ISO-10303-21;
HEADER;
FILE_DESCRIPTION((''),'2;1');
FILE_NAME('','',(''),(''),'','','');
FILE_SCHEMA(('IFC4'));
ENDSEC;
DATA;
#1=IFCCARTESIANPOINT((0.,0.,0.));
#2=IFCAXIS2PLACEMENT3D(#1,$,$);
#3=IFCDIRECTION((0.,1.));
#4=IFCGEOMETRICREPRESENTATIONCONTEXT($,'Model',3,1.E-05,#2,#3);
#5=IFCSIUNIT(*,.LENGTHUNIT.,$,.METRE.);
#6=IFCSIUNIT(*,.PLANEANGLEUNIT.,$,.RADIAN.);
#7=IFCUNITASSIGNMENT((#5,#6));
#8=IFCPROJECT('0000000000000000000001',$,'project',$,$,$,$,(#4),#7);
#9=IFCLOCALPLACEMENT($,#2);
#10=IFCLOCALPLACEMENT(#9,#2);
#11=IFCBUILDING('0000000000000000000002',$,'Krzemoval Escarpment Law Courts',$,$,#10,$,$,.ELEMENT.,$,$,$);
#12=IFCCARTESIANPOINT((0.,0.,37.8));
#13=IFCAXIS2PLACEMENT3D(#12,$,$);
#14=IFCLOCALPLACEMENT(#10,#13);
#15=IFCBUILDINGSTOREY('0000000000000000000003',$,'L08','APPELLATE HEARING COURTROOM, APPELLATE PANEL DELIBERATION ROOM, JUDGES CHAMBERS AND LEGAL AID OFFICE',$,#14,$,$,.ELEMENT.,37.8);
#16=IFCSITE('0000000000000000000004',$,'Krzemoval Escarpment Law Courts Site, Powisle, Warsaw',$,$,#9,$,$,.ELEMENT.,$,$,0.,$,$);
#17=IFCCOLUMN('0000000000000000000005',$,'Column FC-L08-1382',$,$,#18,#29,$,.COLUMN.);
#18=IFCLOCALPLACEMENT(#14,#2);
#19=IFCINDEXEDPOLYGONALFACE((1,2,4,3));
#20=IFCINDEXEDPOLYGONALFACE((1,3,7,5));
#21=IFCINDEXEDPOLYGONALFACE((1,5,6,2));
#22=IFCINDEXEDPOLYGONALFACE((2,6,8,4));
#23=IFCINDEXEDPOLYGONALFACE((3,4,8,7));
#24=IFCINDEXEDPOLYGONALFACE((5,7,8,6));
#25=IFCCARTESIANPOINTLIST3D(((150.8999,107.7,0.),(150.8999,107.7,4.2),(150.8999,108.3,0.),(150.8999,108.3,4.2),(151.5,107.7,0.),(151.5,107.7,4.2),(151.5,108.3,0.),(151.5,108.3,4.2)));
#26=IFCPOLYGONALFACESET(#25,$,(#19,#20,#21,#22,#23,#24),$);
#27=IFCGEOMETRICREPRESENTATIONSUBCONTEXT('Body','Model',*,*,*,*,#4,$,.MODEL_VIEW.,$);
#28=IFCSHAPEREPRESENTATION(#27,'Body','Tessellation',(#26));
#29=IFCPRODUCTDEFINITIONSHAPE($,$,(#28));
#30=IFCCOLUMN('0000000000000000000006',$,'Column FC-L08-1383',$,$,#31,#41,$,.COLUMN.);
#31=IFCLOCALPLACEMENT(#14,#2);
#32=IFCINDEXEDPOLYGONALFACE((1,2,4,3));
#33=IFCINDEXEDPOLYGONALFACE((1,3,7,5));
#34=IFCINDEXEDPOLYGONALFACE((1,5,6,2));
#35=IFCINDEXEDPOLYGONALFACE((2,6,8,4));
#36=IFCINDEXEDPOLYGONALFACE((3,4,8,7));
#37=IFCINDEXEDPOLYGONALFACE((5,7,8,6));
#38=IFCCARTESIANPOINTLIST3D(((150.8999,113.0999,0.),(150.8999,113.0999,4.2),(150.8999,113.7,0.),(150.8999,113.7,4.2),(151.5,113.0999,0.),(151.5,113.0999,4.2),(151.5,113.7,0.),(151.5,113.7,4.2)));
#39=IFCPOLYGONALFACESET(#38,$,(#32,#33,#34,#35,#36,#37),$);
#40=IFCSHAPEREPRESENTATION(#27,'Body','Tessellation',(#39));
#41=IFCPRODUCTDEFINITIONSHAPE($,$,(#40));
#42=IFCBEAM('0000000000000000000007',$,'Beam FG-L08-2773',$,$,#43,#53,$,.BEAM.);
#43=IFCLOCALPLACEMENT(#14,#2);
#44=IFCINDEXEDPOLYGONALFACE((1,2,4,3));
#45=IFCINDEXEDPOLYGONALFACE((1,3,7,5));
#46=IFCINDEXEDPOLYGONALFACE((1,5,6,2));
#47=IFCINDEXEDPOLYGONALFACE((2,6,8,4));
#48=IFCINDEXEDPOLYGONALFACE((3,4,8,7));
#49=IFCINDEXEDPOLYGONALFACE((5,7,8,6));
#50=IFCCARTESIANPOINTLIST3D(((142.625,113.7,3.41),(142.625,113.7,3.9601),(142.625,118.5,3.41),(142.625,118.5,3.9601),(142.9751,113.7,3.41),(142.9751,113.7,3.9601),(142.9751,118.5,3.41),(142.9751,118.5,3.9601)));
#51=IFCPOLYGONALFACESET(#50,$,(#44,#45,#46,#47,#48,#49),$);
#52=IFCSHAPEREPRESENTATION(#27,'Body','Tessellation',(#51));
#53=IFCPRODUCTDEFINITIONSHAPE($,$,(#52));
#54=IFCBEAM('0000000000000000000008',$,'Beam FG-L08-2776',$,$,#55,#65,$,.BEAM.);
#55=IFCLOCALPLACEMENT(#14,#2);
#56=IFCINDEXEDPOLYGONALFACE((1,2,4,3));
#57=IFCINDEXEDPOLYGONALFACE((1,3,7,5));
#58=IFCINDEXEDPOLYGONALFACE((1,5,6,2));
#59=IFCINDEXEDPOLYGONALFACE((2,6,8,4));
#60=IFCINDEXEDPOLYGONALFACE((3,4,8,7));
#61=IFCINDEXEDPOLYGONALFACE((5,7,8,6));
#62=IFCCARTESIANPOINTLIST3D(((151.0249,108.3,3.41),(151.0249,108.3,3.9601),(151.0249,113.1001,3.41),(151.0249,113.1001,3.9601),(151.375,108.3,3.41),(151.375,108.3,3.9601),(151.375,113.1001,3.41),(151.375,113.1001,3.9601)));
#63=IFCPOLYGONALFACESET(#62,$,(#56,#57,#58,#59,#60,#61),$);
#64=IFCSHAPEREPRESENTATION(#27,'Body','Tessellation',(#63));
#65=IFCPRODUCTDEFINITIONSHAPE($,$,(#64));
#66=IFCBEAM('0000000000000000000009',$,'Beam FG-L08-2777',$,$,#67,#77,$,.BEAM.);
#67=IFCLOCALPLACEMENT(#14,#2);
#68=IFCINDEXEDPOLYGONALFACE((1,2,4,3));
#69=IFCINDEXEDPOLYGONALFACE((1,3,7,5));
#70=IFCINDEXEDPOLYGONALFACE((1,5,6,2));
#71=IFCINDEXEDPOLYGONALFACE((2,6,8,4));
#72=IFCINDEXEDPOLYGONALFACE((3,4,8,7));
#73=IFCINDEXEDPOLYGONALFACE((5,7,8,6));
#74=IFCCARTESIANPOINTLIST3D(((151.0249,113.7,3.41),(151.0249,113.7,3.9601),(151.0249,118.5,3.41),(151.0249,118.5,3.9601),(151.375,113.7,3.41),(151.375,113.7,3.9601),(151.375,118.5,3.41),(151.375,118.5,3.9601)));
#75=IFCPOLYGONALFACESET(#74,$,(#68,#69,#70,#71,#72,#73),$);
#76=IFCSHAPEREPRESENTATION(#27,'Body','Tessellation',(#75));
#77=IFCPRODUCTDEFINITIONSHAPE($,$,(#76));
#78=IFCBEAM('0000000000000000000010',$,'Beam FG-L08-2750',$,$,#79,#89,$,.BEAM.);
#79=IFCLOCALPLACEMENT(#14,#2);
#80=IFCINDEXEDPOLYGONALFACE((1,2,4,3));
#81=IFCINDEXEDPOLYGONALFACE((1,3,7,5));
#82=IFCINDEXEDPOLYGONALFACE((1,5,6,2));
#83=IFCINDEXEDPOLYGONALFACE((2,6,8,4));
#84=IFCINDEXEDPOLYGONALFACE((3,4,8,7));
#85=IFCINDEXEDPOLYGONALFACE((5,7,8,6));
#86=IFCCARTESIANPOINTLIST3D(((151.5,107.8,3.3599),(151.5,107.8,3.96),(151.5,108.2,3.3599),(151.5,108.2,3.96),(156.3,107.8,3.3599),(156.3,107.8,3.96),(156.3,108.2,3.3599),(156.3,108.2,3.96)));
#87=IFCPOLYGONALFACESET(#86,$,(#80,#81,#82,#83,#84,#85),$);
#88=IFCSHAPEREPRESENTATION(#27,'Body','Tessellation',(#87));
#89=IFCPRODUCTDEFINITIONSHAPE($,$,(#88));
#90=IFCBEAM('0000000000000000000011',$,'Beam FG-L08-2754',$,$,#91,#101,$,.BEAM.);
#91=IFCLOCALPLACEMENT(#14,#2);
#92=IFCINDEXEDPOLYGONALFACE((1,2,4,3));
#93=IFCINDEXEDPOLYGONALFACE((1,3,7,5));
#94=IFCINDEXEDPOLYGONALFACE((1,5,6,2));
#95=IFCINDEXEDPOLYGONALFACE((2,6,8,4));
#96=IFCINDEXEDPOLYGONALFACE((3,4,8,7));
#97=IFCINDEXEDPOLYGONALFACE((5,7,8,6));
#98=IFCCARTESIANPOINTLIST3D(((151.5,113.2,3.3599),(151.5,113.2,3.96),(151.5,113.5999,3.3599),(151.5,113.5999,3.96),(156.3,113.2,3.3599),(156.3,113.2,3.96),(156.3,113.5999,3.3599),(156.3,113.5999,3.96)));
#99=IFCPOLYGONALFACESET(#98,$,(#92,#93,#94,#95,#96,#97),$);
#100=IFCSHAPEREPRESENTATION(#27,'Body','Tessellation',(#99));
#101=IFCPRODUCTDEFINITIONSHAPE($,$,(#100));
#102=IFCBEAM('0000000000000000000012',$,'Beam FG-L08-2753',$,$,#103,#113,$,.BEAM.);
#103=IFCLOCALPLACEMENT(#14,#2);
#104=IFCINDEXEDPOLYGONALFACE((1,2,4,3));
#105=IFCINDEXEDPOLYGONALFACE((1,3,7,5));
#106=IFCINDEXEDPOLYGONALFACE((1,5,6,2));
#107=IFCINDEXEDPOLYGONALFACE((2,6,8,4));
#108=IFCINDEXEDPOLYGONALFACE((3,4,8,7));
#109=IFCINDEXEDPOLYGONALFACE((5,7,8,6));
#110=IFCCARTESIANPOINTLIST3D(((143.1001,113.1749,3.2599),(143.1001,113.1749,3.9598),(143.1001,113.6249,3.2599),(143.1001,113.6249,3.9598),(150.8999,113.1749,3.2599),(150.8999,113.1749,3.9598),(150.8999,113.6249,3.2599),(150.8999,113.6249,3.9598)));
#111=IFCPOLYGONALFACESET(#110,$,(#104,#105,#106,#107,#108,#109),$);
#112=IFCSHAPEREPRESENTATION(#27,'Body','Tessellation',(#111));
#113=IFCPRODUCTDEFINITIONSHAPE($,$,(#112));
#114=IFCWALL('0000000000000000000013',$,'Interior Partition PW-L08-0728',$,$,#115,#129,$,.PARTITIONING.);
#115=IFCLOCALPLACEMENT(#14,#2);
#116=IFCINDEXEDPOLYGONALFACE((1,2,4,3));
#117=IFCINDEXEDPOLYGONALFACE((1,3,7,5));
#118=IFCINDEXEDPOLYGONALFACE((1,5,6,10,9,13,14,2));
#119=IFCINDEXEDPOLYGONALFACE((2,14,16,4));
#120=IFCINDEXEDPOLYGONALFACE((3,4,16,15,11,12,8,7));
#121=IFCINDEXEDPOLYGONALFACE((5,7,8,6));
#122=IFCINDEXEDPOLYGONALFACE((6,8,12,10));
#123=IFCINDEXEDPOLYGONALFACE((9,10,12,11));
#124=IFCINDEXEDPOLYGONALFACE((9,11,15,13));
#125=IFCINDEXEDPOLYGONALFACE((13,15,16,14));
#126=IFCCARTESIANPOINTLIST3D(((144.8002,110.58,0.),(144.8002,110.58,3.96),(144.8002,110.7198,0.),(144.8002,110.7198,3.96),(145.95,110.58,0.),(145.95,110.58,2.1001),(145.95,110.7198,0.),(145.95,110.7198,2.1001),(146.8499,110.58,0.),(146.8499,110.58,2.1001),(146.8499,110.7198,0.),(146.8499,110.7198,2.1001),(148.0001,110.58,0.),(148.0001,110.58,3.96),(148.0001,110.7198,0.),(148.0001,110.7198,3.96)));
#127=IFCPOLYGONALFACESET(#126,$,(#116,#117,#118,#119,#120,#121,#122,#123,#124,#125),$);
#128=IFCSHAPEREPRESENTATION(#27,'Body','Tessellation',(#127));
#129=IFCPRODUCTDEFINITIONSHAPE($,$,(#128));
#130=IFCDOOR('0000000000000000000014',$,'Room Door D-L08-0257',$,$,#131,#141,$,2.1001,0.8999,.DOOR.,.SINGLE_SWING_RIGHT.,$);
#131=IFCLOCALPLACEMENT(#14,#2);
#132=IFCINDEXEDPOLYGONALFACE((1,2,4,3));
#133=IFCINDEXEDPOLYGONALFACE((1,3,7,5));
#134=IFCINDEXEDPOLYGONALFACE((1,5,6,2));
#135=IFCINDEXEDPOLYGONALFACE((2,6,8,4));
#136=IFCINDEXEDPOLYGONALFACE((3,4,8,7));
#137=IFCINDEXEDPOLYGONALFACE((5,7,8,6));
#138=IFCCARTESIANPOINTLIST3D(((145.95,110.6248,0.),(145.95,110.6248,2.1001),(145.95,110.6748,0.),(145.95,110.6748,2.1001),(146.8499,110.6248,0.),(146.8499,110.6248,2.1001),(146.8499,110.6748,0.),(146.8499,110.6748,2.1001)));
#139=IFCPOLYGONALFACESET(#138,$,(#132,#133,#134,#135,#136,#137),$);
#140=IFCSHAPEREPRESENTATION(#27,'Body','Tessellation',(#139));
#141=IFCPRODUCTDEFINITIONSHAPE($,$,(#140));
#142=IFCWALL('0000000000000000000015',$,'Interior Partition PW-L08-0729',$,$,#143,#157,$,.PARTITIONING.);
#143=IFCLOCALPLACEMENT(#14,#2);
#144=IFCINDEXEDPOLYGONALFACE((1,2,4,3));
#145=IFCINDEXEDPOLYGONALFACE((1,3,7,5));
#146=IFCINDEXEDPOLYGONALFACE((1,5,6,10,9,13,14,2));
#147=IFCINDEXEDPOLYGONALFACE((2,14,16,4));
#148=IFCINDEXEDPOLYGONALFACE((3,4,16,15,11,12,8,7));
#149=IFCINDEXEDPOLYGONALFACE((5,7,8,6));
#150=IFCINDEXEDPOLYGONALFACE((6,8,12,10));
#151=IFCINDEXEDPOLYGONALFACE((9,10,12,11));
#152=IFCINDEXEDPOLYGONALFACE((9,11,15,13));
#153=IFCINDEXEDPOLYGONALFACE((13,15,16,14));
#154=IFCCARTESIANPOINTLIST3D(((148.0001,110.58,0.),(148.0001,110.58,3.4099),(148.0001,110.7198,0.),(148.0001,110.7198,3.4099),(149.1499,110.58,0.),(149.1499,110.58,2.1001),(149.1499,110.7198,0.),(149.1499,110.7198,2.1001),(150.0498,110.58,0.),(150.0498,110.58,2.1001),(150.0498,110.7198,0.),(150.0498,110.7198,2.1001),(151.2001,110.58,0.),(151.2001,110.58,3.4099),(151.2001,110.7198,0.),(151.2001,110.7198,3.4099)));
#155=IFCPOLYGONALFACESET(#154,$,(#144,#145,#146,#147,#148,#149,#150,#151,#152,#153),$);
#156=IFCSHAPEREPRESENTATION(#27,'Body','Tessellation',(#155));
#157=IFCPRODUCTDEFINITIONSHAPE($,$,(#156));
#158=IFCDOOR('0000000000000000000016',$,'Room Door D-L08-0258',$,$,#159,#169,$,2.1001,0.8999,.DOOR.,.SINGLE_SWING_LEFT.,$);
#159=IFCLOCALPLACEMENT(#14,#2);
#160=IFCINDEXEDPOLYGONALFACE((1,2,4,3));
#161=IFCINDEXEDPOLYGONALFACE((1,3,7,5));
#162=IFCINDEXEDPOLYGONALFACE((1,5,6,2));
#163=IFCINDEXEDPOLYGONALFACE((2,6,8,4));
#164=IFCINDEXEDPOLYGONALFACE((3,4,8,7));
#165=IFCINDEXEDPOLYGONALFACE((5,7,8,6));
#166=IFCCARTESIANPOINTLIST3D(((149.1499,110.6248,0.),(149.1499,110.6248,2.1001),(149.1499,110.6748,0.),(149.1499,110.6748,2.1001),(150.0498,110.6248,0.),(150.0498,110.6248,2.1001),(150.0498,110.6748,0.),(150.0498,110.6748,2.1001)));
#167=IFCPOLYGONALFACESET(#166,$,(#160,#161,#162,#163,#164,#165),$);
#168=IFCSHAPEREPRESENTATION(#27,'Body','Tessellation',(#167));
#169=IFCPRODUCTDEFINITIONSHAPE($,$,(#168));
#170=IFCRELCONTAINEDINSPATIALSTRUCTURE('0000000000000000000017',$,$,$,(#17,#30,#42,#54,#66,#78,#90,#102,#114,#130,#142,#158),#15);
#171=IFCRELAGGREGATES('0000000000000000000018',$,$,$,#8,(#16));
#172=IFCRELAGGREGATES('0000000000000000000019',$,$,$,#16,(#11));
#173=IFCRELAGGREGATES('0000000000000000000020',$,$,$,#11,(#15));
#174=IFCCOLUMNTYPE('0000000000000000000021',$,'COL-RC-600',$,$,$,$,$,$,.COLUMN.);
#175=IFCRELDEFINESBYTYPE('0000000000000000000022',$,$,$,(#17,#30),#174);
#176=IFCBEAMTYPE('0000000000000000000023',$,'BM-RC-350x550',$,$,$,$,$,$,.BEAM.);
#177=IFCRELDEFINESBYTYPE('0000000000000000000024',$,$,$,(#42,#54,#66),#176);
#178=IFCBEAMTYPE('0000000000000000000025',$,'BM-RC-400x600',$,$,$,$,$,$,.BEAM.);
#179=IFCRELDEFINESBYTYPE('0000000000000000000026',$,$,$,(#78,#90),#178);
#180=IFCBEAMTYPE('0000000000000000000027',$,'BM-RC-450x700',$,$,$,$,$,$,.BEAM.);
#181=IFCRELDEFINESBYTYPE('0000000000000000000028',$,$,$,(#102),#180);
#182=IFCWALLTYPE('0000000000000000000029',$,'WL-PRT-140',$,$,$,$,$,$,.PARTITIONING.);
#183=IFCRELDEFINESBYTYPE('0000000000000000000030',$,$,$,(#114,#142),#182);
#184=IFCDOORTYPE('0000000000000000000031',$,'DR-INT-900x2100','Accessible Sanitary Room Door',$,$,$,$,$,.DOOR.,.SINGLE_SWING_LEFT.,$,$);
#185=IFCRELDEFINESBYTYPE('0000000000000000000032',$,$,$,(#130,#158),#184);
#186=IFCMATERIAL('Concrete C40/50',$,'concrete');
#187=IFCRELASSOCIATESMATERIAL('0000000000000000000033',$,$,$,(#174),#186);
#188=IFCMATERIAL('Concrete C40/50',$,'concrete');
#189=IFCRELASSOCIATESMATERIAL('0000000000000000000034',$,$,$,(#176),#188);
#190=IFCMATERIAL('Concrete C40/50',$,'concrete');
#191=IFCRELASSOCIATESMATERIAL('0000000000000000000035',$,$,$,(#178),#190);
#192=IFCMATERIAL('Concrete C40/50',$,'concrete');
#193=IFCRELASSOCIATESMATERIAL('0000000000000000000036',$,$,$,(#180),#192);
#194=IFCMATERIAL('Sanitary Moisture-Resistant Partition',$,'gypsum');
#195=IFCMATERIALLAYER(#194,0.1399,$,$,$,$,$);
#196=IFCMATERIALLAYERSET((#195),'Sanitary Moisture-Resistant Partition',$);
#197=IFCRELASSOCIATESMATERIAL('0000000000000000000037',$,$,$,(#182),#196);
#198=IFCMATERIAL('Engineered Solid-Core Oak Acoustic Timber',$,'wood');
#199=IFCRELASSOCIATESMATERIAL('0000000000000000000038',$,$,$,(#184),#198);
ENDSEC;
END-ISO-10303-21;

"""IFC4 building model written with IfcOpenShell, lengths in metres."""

from ifc_helpers import new_model, si_unit, direction, frame, frame_2d, origin, origin_2d, place, context, subcontext, project, spatial, rectangle, extrude, material, layer, layer_set, material_profile, profile_set, type_object, element, fill, save


model = new_model("IFC4")

# Units and contexts
model_context = context("Model", 3, precision=1e-05, world=origin(), true_north=direction((0.0, 1.0)))
body_context = subcontext(model_context, "Body", "Model", "MODEL_VIEW")
ifc_project = project(units=[si_unit("LENGTHUNIT", "METRE"), si_unit("PLANEANGLEUNIT", "RADIAN")], contexts=[model_context])

# Site, building, storey
site_placement = place(None, origin())
site = spatial("IfcSite", under=ifc_project, at=site_placement, Name="Krzemoval Escarpment Law Courts Site, Powisle, Warsaw", CompositionType="ELEMENT", RefElevation=0.0)
building_placement = place(site_placement, origin())
building = spatial("IfcBuilding", under=site, at=building_placement, Name="Krzemoval Escarpment Law Courts", CompositionType="ELEMENT")
storey_placement = place(building_placement, frame((0.0, 0.0, 37.8)))
storey = spatial("IfcBuildingStorey", under=building, at=storey_placement, Name="L08", Description="APPELLATE HEARING COURTROOM, APPELLATE PANEL DELIBERATION ROOM, JUDGES CHAMBERS AND LEGAL AID OFFICE", CompositionType="ELEMENT", Elevation=37.8)

# Columns
ifc_material_1 = material(Name="Concrete C40/50", Category="concrete")
ifc_material_profile_1 = material_profile(ifc_material_1, rectangle(XDim=0.6001, YDim=0.6001, at=origin_2d()), Name="RC 600x600")
ifc_profile_set_1 = profile_set([ifc_material_profile_1], Name="Concrete C40/50")
column_type = type_object("IfcColumnType", Name="COL-RC-600", PredefinedType="COLUMN", material=ifc_profile_set_1)
for number, where, z_axis, x_axis, name in (
    (1, (151.2, 108.0, 0.0), (0.0, 0.0, 1.0), (1.0, 0.0, 0.0), "Column FC-L08-1382"),
    (2, (151.2, 113.3999, 0.0), (0.0, 0.0, 1.0), (1.0, 0.0, 0.0), "Column FC-L08-1383"),
):
    element("IfcColumn", number, at=place(storey_placement, frame(where, z_axis=z_axis, x_axis=x_axis)), inside=storey, type_object=column_type, Name=name, PredefinedType="COLUMN", context=body_context, shape_type="SweptSolid", body=[
        extrude(rectangle(XDim=0.6001, YDim=0.6001, at=origin_2d()), origin(), (0.0, 0.0, 1.0), 4.2),
    ])

# Beams
ifc_material_2 = material(Name="Concrete C40/50", Category="concrete")
ifc_material_profile_2 = material_profile(ifc_material_2, rectangle(XDim=0.3501, YDim=0.55, at=origin_2d()), Name="RCB 350x550")
ifc_profile_set_2 = profile_set([ifc_material_profile_2], Name="Concrete C40/50")
beam_type_1 = type_object("IfcBeamType", Name="BM-RC-350x550", PredefinedType="BEAM", material=ifc_profile_set_2)
for number, where, z_axis, x_axis, name in (
    (3, (142.8, 113.7, 3.6851), (0.0, 1.0, 0.0), (-1.0, 0.0, 0.0), "Beam FG-L08-2773"),
    (4, (151.2, 108.3, 3.6851), (0.0, 1.0, 0.0), (-1.0, 0.0, 0.0), "Beam FG-L08-2776"),
    (5, (151.2, 113.7, 3.6851), (0.0, 1.0, 0.0), (-1.0, 0.0, 0.0), "Beam FG-L08-2777"),
):
    element("IfcBeam", number, at=place(storey_placement, frame(where, z_axis=z_axis, x_axis=x_axis)), inside=storey, type_object=beam_type_1, Name=name, PredefinedType="BEAM", context=body_context, shape_type="SweptSolid", body=[
        extrude(rectangle(XDim=0.3501, YDim=0.55, at=origin_2d()), origin(), (0.0, 0.0, 1.0), 4.8),
    ])
ifc_material_3 = material(Name="Concrete C40/50", Category="concrete")
ifc_material_profile_3 = material_profile(ifc_material_3, rectangle(XDim=0.3999, YDim=0.6001, at=origin_2d()), Name="RCB 400x600")
ifc_profile_set_3 = profile_set([ifc_material_profile_3], Name="Concrete C40/50")
beam_type_2 = type_object("IfcBeamType", Name="BM-RC-400x600", PredefinedType="BEAM", material=ifc_profile_set_3)
for number, where, z_axis, x_axis, name in (
    (6, (151.5, 108.0, 3.6599), (1.0, 0.0, 0.0), (0.0, 1.0, 0.0), "Beam FG-L08-2750"),
    (7, (151.5, 113.3999, 3.6599), (1.0, 0.0, 0.0), (0.0, 1.0, 0.0), "Beam FG-L08-2754"),
):
    element("IfcBeam", number, at=place(storey_placement, frame(where, z_axis=z_axis, x_axis=x_axis)), inside=storey, type_object=beam_type_2, Name=name, PredefinedType="BEAM", context=body_context, shape_type="SweptSolid", body=[
        extrude(rectangle(XDim=0.3999, YDim=0.6001, at=origin_2d()), origin(), (0.0, 0.0, 1.0), 4.8),
    ])
ifc_material_4 = material(Name="Concrete C40/50", Category="concrete")
ifc_material_profile_4 = material_profile(ifc_material_4, rectangle(XDim=0.45, YDim=0.7, at=origin_2d()), Name="RCB 450x700")
ifc_profile_set_4 = profile_set([ifc_material_profile_4], Name="Concrete C40/50")
beam_type_3 = type_object("IfcBeamType", Name="BM-RC-450x700", PredefinedType="BEAM", material=ifc_profile_set_4)
beam_placement = place(storey_placement, frame((143.1001, 113.3999, 3.6099), z_axis=(1.0, 0.0, 0.0), x_axis=(0.0, 1.0, 0.0)))
element("IfcBeam", 8, at=beam_placement, inside=storey, type_object=beam_type_3, Name="Beam FG-L08-2753", PredefinedType="BEAM", context=body_context, shape_type="SweptSolid", body=[
    extrude(rectangle(XDim=0.45, YDim=0.7, at=origin_2d()), origin(), (0.0, 0.0, 1.0), 7.7998),
])

# Walls, openings, doors
ifc_material_5 = material(Name="Sanitary Moisture-Resistant Partition", Category="gypsum")
ifc_layer_1 = layer(ifc_material_5, 0.1399)
ifc_layer_set_1 = layer_set([ifc_layer_1], Name="Sanitary Moisture-Resistant Partition")
wall_type_1 = type_object("IfcWallType", Name="WL-PRT-140", PredefinedType="PARTITIONING", material=ifc_layer_set_1)
wall_1_placement = place(storey_placement, frame((144.8, 110.6499, 0.0), z_axis=(0.0, 0.0, 1.0), x_axis=(1.0, 0.0, 0.0)))
wall_1 = element("IfcWall", 9, at=wall_1_placement, inside=storey, type_object=wall_type_1, Name="Interior Partition PW-L08-0728", PredefinedType="PARTITIONING", context=body_context, shape_type="SweptSolid", body=[
    extrude(rectangle(XDim=3.2, YDim=0.1399, at=frame_2d((1.6001, 0.0))), origin(), (0.0, 0.0, 1.0), 3.96),
])
opening_1_placement = place(wall_1_placement, frame((1.1499, 0.0, 0.0)))
opening_1 = element("IfcOpeningElement", 10, at=opening_1_placement, cuts=wall_1, PredefinedType="OPENING", context=body_context, shape_type="SweptSolid", body=[
    extrude(rectangle(XDim=0.8999, YDim=2.1001, at=frame_2d((0.45, 1.05))), frame((0.0, 0.0849, 0.0), z_axis=(0.0, -1.0, 0.0), x_axis=(1.0, 0.0, 0.0)), (0.0, 0.0, 1.0), 0.1699),
])
ifc_material_6 = material(Name="Engineered Solid-Core Oak Acoustic Timber", Category="wood")
door_type_1 = type_object("IfcDoorType", Name="DR-INT-900x2100", Description="Accessible Sanitary Room Door", OperationType="SINGLE_SWING_LEFT", PredefinedType="DOOR", material=ifc_material_6)
door_1_placement = place(opening_1_placement, origin())
door_1 = element("IfcDoor", 11, at=door_1_placement, inside=storey, type_object=door_type_1, Name="Room Door D-L08-0257", OperationType="SINGLE_SWING_RIGHT", OverallHeight=2.1001, OverallWidth=0.8999, PredefinedType="DOOR", context=body_context, shape_type="SweptSolid", body=[
    extrude(rectangle(XDim=0.8999, YDim=2.1001, at=frame_2d((0.45, 1.05))), frame((0.0, 0.0249, 0.0), z_axis=(0.0, -1.0, 0.0), x_axis=(1.0, 0.0, 0.0)), (0.0, 0.0, 1.0), 0.05),
])
fill(opening_1, door_1)
wall_2_placement = place(storey_placement, frame((148.0, 110.6499, 0.0), z_axis=(0.0, 0.0, 1.0), x_axis=(1.0, 0.0, 0.0)))
wall_2 = element("IfcWall", 12, at=wall_2_placement, inside=storey, type_object=wall_type_1, Name="Interior Partition PW-L08-0729", PredefinedType="PARTITIONING", context=body_context, shape_type="SweptSolid", body=[
    extrude(rectangle(XDim=3.2, YDim=0.1399, at=frame_2d((1.6001, 0.0))), origin(), (0.0, 0.0, 1.0), 3.4099),
])
opening_2_placement = place(wall_2_placement, frame((1.1499, 0.0, 0.0)))
opening_2 = element("IfcOpeningElement", 13, at=opening_2_placement, cuts=wall_2, PredefinedType="OPENING", context=body_context, shape_type="SweptSolid", body=[
    extrude(rectangle(XDim=0.8999, YDim=2.1001, at=frame_2d((0.45, 1.05))), frame((0.0, 0.0849, 0.0), z_axis=(0.0, -1.0, 0.0), x_axis=(1.0, 0.0, 0.0)), (0.0, 0.0, 1.0), 0.1699),
])
door_2_placement = place(opening_2_placement, origin())
door_2 = element("IfcDoor", 14, at=door_2_placement, inside=storey, type_object=door_type_1, Name="Room Door D-L08-0258", OperationType="SINGLE_SWING_LEFT", OverallHeight=2.1001, OverallWidth=0.8999, PredefinedType="DOOR", context=body_context, shape_type="SweptSolid", body=[
    extrude(rectangle(XDim=0.8999, YDim=2.1001, at=frame_2d((0.45, 1.05))), frame((0.0, 0.0249, 0.0), z_axis=(0.0, -1.0, 0.0), x_axis=(1.0, 0.0, 0.0)), (0.0, 0.0, 1.0), 0.05),
])
fill(opening_2, door_2)

save(model, "model.ifc")
